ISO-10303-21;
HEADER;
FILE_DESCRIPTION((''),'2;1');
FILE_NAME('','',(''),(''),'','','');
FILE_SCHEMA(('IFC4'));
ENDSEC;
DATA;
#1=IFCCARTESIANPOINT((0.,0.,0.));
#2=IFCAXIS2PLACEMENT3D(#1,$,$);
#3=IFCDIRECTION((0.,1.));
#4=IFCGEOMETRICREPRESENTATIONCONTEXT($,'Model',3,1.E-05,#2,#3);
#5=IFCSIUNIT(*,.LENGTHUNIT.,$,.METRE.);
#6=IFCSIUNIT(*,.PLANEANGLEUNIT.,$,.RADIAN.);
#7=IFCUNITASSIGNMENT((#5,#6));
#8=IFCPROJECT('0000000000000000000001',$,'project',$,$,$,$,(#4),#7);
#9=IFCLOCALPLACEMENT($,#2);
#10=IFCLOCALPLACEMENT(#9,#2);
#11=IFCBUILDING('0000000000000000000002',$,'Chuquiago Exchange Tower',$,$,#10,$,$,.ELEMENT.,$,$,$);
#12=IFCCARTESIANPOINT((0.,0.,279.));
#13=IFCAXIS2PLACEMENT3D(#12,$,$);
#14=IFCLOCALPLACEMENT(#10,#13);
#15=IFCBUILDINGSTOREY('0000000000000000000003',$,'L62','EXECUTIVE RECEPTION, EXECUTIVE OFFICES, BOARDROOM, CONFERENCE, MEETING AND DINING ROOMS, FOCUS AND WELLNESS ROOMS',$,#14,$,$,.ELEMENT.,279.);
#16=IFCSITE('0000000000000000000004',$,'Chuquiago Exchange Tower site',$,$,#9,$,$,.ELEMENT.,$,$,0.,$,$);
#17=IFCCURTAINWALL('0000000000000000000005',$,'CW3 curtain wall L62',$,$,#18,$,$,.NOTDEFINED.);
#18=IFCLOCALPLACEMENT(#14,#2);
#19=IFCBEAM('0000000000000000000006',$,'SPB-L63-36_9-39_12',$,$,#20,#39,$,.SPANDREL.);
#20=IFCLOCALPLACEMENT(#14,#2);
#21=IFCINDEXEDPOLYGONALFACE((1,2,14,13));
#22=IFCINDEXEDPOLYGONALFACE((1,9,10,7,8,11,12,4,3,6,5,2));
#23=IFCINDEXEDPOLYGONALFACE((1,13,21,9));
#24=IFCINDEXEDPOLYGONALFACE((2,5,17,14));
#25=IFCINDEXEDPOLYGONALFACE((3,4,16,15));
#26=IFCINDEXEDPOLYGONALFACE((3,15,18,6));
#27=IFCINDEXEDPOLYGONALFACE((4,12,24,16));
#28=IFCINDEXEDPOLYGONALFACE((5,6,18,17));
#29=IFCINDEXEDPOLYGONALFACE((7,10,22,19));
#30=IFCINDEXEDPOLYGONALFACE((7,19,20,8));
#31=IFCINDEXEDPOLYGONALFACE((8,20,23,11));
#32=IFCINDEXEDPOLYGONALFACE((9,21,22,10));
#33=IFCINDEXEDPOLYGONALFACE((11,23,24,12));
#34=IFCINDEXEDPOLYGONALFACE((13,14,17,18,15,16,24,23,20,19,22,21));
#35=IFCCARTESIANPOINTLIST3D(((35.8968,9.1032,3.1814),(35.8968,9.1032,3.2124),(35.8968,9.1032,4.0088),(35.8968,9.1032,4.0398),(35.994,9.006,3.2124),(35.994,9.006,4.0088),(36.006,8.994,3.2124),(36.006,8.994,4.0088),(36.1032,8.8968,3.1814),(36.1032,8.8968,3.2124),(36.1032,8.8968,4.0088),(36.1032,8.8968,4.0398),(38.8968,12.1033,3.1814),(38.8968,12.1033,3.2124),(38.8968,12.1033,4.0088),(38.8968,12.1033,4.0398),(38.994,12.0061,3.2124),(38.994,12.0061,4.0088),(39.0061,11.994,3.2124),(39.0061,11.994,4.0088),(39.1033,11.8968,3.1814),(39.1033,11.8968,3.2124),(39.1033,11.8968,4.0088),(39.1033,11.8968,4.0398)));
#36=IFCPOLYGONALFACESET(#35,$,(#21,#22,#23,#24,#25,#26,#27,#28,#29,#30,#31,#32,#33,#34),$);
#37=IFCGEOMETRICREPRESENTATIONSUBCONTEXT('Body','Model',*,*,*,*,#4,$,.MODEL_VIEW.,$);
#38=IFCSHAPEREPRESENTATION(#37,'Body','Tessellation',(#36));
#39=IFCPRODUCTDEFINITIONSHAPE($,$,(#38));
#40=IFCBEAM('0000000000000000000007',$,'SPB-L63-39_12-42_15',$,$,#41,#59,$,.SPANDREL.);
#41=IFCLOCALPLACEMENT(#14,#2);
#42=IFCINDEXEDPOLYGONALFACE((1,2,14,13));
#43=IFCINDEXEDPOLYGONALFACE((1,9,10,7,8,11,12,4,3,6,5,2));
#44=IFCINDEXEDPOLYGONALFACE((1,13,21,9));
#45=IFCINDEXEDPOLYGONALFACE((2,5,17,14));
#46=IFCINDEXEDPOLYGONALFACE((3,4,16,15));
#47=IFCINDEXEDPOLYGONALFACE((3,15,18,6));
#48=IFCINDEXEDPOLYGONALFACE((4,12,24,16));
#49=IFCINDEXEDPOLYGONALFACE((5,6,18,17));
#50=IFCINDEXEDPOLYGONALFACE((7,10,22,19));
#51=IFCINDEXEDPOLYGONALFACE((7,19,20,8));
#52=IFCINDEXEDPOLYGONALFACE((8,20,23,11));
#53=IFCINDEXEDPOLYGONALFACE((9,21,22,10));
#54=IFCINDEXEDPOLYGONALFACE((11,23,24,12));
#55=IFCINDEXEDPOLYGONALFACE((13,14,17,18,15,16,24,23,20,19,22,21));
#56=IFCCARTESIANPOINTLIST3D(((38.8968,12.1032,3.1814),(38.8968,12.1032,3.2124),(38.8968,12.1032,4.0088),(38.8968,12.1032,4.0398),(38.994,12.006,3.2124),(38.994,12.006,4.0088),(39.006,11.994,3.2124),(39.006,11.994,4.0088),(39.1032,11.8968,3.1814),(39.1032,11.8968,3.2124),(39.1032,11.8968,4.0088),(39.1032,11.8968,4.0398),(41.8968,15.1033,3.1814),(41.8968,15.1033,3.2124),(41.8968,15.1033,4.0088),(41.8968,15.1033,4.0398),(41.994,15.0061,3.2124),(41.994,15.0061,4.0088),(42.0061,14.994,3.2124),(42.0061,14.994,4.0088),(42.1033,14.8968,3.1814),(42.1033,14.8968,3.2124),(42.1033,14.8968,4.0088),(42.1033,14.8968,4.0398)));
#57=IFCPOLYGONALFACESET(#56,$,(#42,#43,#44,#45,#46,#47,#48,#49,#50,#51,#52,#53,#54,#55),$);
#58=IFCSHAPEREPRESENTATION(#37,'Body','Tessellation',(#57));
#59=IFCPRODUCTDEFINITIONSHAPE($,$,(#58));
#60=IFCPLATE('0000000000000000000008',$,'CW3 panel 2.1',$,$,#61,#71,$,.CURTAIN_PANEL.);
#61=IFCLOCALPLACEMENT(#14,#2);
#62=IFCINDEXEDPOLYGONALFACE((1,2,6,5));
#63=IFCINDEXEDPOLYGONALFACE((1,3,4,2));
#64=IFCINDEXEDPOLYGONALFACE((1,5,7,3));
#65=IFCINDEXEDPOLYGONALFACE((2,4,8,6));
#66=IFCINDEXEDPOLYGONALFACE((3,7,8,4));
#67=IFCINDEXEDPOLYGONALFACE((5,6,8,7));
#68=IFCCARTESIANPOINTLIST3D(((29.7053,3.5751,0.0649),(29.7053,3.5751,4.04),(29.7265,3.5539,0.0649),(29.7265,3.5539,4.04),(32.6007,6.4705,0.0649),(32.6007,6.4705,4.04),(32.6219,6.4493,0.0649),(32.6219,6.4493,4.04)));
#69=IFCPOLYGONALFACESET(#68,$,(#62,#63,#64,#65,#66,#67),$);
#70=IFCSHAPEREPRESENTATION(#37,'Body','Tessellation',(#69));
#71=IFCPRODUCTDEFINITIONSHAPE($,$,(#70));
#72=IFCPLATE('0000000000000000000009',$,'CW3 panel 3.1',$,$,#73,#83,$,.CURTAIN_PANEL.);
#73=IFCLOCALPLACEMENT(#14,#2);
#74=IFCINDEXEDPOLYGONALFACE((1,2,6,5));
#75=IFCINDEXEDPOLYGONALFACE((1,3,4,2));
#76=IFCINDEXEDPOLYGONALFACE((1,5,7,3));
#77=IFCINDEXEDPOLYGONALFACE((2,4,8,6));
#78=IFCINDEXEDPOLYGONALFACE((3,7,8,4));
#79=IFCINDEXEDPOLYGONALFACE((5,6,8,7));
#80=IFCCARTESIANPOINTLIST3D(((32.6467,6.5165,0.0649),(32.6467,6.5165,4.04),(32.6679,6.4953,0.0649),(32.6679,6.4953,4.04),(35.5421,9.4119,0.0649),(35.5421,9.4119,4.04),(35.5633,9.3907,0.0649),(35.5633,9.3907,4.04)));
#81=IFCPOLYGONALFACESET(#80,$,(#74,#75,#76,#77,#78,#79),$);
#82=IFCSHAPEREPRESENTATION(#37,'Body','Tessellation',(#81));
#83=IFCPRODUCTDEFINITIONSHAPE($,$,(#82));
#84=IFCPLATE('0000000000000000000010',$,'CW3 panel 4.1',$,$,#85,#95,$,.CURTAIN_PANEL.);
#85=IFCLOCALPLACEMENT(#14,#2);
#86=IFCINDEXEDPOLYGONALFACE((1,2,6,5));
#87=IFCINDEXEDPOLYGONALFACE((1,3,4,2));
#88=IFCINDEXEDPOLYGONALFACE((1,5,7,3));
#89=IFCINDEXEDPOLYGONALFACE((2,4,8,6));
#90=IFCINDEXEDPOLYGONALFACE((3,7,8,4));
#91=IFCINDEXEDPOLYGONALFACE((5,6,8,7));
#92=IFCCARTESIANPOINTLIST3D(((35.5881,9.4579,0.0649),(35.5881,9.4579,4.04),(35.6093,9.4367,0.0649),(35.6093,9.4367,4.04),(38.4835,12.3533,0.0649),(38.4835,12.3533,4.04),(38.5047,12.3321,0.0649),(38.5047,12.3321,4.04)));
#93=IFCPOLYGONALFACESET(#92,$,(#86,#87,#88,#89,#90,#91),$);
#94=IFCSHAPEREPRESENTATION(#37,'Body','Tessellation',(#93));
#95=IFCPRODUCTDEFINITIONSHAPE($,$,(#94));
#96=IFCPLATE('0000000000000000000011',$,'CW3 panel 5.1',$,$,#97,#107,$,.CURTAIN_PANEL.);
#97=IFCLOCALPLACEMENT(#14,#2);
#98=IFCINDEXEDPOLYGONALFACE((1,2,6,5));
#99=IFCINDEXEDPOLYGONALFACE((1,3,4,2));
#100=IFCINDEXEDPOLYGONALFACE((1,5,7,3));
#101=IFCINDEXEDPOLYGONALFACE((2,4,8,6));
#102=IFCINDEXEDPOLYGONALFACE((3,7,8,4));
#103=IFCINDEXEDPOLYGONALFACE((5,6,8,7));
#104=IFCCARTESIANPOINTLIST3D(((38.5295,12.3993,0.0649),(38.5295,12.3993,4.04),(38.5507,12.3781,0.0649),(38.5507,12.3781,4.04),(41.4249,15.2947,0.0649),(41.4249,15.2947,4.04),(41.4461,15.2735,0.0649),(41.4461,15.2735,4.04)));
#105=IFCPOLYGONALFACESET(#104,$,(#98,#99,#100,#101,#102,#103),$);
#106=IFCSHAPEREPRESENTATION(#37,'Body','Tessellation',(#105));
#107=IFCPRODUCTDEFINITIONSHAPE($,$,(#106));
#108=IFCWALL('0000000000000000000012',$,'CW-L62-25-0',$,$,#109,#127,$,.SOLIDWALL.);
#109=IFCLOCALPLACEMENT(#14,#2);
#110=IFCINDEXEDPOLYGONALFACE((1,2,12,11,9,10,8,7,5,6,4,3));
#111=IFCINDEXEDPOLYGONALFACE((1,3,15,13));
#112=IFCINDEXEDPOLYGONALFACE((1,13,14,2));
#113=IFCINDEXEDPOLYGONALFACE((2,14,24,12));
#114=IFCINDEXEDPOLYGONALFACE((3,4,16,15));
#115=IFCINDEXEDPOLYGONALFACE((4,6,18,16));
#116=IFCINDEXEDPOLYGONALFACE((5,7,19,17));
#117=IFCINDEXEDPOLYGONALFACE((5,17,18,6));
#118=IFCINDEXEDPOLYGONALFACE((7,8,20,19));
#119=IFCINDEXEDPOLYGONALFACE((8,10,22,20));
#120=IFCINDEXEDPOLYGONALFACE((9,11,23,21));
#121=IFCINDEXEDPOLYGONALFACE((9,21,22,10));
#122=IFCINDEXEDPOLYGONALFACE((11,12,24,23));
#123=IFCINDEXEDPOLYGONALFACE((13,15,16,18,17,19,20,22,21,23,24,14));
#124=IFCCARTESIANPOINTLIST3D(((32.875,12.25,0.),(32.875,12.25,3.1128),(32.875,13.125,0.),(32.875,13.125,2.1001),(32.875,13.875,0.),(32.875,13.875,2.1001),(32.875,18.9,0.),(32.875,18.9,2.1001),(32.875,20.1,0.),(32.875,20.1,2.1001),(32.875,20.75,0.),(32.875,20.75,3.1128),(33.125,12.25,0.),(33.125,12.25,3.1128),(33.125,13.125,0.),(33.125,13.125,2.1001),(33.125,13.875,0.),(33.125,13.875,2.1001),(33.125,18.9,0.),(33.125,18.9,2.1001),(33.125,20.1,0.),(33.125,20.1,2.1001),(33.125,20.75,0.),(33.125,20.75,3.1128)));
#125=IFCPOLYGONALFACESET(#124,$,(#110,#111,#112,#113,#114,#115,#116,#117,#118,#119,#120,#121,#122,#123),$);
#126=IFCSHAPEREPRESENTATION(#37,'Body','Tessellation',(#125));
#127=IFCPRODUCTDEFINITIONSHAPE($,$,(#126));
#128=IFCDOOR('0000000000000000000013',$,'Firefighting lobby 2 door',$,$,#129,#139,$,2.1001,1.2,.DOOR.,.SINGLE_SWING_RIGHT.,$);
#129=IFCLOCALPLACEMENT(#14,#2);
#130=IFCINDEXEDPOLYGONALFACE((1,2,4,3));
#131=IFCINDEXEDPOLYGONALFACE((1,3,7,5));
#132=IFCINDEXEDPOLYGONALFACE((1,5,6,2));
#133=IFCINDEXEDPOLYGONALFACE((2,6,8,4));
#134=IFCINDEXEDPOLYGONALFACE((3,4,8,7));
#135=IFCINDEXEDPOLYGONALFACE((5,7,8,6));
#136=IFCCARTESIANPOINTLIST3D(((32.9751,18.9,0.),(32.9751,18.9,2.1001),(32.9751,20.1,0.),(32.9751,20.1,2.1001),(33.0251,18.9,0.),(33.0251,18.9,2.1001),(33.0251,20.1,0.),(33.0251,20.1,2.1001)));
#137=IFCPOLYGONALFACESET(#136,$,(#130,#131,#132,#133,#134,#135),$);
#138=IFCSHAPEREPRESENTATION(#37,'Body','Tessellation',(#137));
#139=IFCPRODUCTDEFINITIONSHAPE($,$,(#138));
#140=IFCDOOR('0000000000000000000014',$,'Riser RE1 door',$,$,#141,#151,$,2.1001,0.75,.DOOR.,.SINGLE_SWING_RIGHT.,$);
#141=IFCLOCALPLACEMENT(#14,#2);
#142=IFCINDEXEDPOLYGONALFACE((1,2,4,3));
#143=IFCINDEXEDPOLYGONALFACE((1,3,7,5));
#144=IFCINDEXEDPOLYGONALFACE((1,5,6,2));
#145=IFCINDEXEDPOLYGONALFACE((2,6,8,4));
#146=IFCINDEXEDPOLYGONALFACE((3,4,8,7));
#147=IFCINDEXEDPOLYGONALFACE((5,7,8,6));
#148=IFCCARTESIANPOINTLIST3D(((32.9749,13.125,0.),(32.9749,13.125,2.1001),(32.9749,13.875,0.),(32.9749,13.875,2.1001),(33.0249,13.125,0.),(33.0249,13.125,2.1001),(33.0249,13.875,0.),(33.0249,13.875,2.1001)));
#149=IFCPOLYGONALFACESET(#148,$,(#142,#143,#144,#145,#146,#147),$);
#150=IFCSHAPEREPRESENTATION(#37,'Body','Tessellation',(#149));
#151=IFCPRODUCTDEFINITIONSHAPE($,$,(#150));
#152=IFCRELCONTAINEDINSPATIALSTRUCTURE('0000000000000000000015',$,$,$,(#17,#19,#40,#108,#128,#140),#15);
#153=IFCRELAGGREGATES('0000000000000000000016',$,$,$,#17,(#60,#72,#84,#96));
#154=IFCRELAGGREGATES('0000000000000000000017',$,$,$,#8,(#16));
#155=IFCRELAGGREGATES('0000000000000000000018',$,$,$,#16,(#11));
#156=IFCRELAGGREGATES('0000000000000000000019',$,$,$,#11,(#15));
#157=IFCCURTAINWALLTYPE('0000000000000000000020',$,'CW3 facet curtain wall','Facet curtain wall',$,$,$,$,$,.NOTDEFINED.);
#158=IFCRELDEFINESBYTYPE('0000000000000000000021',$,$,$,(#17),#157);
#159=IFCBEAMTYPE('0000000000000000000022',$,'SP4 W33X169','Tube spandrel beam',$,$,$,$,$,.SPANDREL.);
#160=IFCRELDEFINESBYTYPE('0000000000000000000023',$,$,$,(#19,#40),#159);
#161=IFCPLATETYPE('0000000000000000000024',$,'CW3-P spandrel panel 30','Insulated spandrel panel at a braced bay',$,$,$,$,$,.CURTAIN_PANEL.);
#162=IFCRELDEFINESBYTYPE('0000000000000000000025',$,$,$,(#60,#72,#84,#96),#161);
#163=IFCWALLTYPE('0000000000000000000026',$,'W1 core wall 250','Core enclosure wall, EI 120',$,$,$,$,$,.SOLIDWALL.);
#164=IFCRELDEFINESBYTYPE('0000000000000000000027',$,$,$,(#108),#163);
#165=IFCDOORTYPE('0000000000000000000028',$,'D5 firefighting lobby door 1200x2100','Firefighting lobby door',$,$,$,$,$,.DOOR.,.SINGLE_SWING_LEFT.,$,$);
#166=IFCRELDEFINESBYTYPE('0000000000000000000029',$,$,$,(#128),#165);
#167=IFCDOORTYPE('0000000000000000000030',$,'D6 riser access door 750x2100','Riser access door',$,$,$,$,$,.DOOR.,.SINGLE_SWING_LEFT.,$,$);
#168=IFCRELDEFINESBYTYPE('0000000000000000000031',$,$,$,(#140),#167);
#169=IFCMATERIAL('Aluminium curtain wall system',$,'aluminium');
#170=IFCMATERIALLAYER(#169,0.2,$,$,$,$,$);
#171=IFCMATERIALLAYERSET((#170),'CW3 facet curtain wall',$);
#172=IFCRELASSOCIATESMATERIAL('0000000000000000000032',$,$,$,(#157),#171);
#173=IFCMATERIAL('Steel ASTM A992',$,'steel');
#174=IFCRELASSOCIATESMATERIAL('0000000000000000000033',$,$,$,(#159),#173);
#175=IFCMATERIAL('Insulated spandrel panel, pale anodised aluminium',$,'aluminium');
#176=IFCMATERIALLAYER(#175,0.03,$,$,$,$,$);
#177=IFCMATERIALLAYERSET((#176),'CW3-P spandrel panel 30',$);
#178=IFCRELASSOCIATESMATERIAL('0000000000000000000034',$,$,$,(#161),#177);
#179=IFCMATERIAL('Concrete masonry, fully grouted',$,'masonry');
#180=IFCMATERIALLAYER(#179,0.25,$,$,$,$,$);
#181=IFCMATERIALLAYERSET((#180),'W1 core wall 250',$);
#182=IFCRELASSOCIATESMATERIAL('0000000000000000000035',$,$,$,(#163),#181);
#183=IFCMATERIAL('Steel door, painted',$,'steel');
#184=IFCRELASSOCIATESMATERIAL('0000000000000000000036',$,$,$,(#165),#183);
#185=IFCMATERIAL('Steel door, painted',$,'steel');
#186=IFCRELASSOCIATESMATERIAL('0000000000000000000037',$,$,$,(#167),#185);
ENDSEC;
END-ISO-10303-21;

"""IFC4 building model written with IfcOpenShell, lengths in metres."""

from ifc_helpers import new_model, si_unit, direction, frame, frame_2d, origin, origin_2d, place, context, subcontext, project, spatial, rectangle, i_section, extrude, material, layer, layer_set, material_profile, profile_set, type_object, element, fill, aggregate, save


model = new_model("IFC4")

# Units and contexts
model_context = context("Model", 3, precision=1e-05, world=origin(), true_north=direction((0.0, 1.0)))
body_context = subcontext(model_context, "Body", "Model", "MODEL_VIEW")
ifc_project = project(units=[si_unit("LENGTHUNIT", "METRE"), si_unit("PLANEANGLEUNIT", "RADIAN")], contexts=[model_context])

# Site, building, storey
site_placement = place(None, origin())
site = spatial("IfcSite", under=ifc_project, at=site_placement, Name="Chuquiago Exchange Tower site", CompositionType="ELEMENT", RefElevation=0.0)
building_placement = place(site_placement, origin())
building = spatial("IfcBuilding", under=site, at=building_placement, Name="Chuquiago Exchange Tower", CompositionType="ELEMENT")
storey_placement = place(building_placement, frame((0.0, 0.0, 279.0)))
storey = spatial("IfcBuildingStorey", under=building, at=storey_placement, Name="L62", Description="EXECUTIVE RECEPTION, EXECUTIVE OFFICES, BOARDROOM, CONFERENCE, MEETING AND DINING ROOMS, FOCUS AND WELLNESS ROOMS", CompositionType="ELEMENT", Elevation=279.0)

# Curtain wall
ifc_material_1 = material(Name="Aluminium curtain wall system", Category="aluminium")
ifc_layer_1 = layer(ifc_material_1, 0.2)
ifc_layer_set_1 = layer_set([ifc_layer_1], Name="CW3 facet curtain wall")
curtain_wall_type = type_object("IfcCurtainWallType", Name="CW3 facet curtain wall", Description="Facet curtain wall", PredefinedType="NOTDEFINED", material=ifc_layer_set_1)
curtain_wall_placement = place(storey_placement, origin())
curtain_wall = element("IfcCurtainWall", 1, at=curtain_wall_placement, inside=storey, type_object=curtain_wall_type, Name="CW3 curtain wall L62", PredefinedType="NOTDEFINED")

# Beams
ifc_material_2 = material(Name="Steel ASTM A992", Category="steel")
ifc_material_profile_1 = material_profile(ifc_material_2, i_section(OverallWidth=0.292, OverallDepth=0.8584, WebThickness=0.0171, FlangeThickness=0.031, at=origin_2d()), Name="W33X169")
ifc_profile_set_1 = profile_set([ifc_material_profile_1], Name="Steel ASTM A992")
beam_type_1 = type_object("IfcBeamType", Name="SP4 W33X169", Description="Tube spandrel beam", PredefinedType="SPANDREL", material=ifc_profile_set_1)
for number, where, z_axis, x_axis, name in (
    (2, (36.0, 9.0, 3.6106), (0.707107, 0.707107, 0.0), (-0.707107, 0.707107, 0.0), "SPB-L63-36_9-39_12"),
    (3, (39.0, 12.0, 3.6106), (0.707107, 0.707107, 0.0), (-0.707107, 0.707107, 0.0), "SPB-L63-39_12-42_15"),
):
    element("IfcBeam", number, at=place(storey_placement, frame(where, z_axis=z_axis, x_axis=x_axis)), inside=storey, type_object=beam_type_1, Name=name, PredefinedType="SPANDREL", context=body_context, shape_type="SweptSolid", body=[
        extrude(i_section(OverallWidth=0.292, OverallDepth=0.8584, WebThickness=0.0171, FlangeThickness=0.031, at=origin_2d()), origin(), (0.0, 0.0, 1.0), 4.2427),
    ])

# Plates
ifc_material_3 = material(Name="Insulated spandrel panel, pale anodised aluminium", Category="aluminium")
ifc_layer_2 = layer(ifc_material_3, 0.03)
ifc_layer_set_2 = layer_set([ifc_layer_2], Name="CW3-P spandrel panel 30")
plate_type = type_object("IfcPlateType", Name="CW3-P spandrel panel 30", Description="Insulated spandrel panel at a braced bay", PredefinedType="CURTAIN_PANEL", material=ifc_layer_set_2)
plate_1_placement = place(storey_placement, frame((31.1636, 5.0122, 0.0649), z_axis=(0.0, 0.0, 1.0), x_axis=(0.707107, 0.707107, 0.0)))
plate_1 = element("IfcPlate", 4, at=plate_1_placement, type_object=plate_type, Name="CW3 panel 2.1", PredefinedType="CURTAIN_PANEL", context=body_context, shape_type="SweptSolid", body=[
    extrude(rectangle(XDim=4.0947, YDim=0.03, at=origin_2d()), origin(), (0.0, 0.0, 1.0), 3.9751),
])
plate_2_placement = place(storey_placement, frame((34.105, 7.9536, 0.0649), z_axis=(0.0, 0.0, 1.0), x_axis=(0.707107, 0.707107, 0.0)))
plate_2 = element("IfcPlate", 5, at=plate_2_placement, type_object=plate_type, Name="CW3 panel 3.1", PredefinedType="CURTAIN_PANEL", context=body_context, shape_type="SweptSolid", body=[
    extrude(rectangle(XDim=4.0947, YDim=0.03, at=origin_2d()), origin(), (0.0, 0.0, 1.0), 3.9751),
])
plate_3_placement = place(storey_placement, frame((37.0464, 10.895, 0.0649), z_axis=(0.0, 0.0, 1.0), x_axis=(0.707107, 0.707107, 0.0)))
plate_3 = element("IfcPlate", 6, at=plate_3_placement, type_object=plate_type, Name="CW3 panel 4.1", PredefinedType="CURTAIN_PANEL", context=body_context, shape_type="SweptSolid", body=[
    extrude(rectangle(XDim=4.0947, YDim=0.03, at=origin_2d()), origin(), (0.0, 0.0, 1.0), 3.9751),
])
plate_4_placement = place(storey_placement, frame((39.9878, 13.8364, 0.0649), z_axis=(0.0, 0.0, 1.0), x_axis=(0.707107, 0.707107, 0.0)))
plate_4 = element("IfcPlate", 7, at=plate_4_placement, type_object=plate_type, Name="CW3 panel 5.1", PredefinedType="CURTAIN_PANEL", context=body_context, shape_type="SweptSolid", body=[
    extrude(rectangle(XDim=4.0947, YDim=0.03, at=origin_2d()), origin(), (0.0, 0.0, 1.0), 3.9751),
])
aggregate(curtain_wall, [plate_1, plate_2, plate_3, plate_4])

# Wall, openings, doors
ifc_material_4 = material(Name="Concrete masonry, fully grouted", Category="masonry")
ifc_layer_3 = layer(ifc_material_4, 0.25)
ifc_layer_set_3 = layer_set([ifc_layer_3], Name="W1 core wall 250")
wall_type_1 = type_object("IfcWallType", Name="W1 core wall 250", Description="Core enclosure wall, EI 120", PredefinedType="SOLIDWALL", material=ifc_layer_set_3)
wall_1_placement = place(storey_placement, frame((33.0, 12.25, 0.0), z_axis=(0.0, 0.0, 1.0), x_axis=(0.0, 1.0, 0.0)))
wall_1 = element("IfcWall", 8, at=wall_1_placement, inside=storey, type_object=wall_type_1, Name="CW-L62-25-0", PredefinedType="SOLIDWALL", context=body_context, shape_type="SweptSolid", body=[
    extrude(rectangle(XDim=8.5, YDim=0.25, at=frame_2d((4.25, 0.0))), origin(), (0.0, 0.0, 1.0), 3.1128),
])
opening_1_placement = place(wall_1_placement, frame((6.6499, 0.0, 0.0)))
opening_1 = element("IfcOpeningElement", 9, at=opening_1_placement, cuts=wall_1, PredefinedType="OPENING", context=body_context, shape_type="SweptSolid", body=[
    extrude(rectangle(XDim=1.2, YDim=2.1001, at=frame_2d((0.6001, 1.05))), frame((0.0, 0.135, 0.0), z_axis=(0.0, -1.0, 0.0), x_axis=(1.0, 0.0, 0.0)), (0.0, 0.0, 1.0), 0.27),
])
opening_2_placement = place(wall_1_placement, frame((0.875, 0.0, 0.0)))
opening_2 = element("IfcOpeningElement", 10, at=opening_2_placement, cuts=wall_1, PredefinedType="OPENING", context=body_context, shape_type="SweptSolid", body=[
    extrude(rectangle(XDim=0.75, YDim=2.1001, at=frame_2d((0.375, 1.05))), frame((0.0, 0.135, 0.0), z_axis=(0.0, -1.0, 0.0), x_axis=(1.0, 0.0, 0.0)), (0.0, 0.0, 1.0), 0.27),
])
ifc_material_5 = material(Name="Steel door, painted", Category="steel")
door_type_1 = type_object("IfcDoorType", Name="D5 firefighting lobby door 1200x2100", Description="Firefighting lobby door", OperationType="SINGLE_SWING_LEFT", PredefinedType="DOOR", material=ifc_material_5)
door_1_placement = place(opening_1_placement, origin())
door_1 = element("IfcDoor", 11, at=door_1_placement, inside=storey, type_object=door_type_1, Name="Firefighting lobby 2 door", OperationType="SINGLE_SWING_RIGHT", OverallHeight=2.1001, OverallWidth=1.2, PredefinedType="DOOR", context=body_context, shape_type="SweptSolid", body=[
    extrude(rectangle(XDim=1.2, YDim=2.1001, at=frame_2d((0.6001, 1.05))), frame((0.0, 0.0249, 0.0), z_axis=(0.0, -1.0, 0.0), x_axis=(1.0, 0.0, 0.0)), (0.0, 0.0, 1.0), 0.05),
])
fill(opening_1, door_1)
ifc_material_6 = material(Name="Steel door, painted", Category="steel")
door_type_2 = type_object("IfcDoorType", Name="D6 riser access door 750x2100", Description="Riser access door", OperationType="SINGLE_SWING_LEFT", PredefinedType="DOOR", material=ifc_material_6)
door_2_placement = place(opening_2_placement, frame((0.75, 0.0, 0.0), z_axis=(0.0, 0.0, 1.0), x_axis=(-1.0, 0.0, 0.0)))
door_2 = element("IfcDoor", 12, at=door_2_placement, inside=storey, type_object=door_type_2, Name="Riser RE1 door", OperationType="SINGLE_SWING_RIGHT", OverallHeight=2.1001, OverallWidth=0.75, PredefinedType="DOOR", context=body_context, shape_type="SweptSolid", body=[
    extrude(rectangle(XDim=0.75, YDim=2.1001, at=frame_2d((0.375, 1.05))), frame((0.0, 0.0249, 0.0), z_axis=(0.0, -1.0, 0.0), x_axis=(1.0, 0.0, 0.0)), (0.0, 0.0, 1.0), 0.05),
])
fill(opening_2, door_2)

save(model, "model.ifc")
